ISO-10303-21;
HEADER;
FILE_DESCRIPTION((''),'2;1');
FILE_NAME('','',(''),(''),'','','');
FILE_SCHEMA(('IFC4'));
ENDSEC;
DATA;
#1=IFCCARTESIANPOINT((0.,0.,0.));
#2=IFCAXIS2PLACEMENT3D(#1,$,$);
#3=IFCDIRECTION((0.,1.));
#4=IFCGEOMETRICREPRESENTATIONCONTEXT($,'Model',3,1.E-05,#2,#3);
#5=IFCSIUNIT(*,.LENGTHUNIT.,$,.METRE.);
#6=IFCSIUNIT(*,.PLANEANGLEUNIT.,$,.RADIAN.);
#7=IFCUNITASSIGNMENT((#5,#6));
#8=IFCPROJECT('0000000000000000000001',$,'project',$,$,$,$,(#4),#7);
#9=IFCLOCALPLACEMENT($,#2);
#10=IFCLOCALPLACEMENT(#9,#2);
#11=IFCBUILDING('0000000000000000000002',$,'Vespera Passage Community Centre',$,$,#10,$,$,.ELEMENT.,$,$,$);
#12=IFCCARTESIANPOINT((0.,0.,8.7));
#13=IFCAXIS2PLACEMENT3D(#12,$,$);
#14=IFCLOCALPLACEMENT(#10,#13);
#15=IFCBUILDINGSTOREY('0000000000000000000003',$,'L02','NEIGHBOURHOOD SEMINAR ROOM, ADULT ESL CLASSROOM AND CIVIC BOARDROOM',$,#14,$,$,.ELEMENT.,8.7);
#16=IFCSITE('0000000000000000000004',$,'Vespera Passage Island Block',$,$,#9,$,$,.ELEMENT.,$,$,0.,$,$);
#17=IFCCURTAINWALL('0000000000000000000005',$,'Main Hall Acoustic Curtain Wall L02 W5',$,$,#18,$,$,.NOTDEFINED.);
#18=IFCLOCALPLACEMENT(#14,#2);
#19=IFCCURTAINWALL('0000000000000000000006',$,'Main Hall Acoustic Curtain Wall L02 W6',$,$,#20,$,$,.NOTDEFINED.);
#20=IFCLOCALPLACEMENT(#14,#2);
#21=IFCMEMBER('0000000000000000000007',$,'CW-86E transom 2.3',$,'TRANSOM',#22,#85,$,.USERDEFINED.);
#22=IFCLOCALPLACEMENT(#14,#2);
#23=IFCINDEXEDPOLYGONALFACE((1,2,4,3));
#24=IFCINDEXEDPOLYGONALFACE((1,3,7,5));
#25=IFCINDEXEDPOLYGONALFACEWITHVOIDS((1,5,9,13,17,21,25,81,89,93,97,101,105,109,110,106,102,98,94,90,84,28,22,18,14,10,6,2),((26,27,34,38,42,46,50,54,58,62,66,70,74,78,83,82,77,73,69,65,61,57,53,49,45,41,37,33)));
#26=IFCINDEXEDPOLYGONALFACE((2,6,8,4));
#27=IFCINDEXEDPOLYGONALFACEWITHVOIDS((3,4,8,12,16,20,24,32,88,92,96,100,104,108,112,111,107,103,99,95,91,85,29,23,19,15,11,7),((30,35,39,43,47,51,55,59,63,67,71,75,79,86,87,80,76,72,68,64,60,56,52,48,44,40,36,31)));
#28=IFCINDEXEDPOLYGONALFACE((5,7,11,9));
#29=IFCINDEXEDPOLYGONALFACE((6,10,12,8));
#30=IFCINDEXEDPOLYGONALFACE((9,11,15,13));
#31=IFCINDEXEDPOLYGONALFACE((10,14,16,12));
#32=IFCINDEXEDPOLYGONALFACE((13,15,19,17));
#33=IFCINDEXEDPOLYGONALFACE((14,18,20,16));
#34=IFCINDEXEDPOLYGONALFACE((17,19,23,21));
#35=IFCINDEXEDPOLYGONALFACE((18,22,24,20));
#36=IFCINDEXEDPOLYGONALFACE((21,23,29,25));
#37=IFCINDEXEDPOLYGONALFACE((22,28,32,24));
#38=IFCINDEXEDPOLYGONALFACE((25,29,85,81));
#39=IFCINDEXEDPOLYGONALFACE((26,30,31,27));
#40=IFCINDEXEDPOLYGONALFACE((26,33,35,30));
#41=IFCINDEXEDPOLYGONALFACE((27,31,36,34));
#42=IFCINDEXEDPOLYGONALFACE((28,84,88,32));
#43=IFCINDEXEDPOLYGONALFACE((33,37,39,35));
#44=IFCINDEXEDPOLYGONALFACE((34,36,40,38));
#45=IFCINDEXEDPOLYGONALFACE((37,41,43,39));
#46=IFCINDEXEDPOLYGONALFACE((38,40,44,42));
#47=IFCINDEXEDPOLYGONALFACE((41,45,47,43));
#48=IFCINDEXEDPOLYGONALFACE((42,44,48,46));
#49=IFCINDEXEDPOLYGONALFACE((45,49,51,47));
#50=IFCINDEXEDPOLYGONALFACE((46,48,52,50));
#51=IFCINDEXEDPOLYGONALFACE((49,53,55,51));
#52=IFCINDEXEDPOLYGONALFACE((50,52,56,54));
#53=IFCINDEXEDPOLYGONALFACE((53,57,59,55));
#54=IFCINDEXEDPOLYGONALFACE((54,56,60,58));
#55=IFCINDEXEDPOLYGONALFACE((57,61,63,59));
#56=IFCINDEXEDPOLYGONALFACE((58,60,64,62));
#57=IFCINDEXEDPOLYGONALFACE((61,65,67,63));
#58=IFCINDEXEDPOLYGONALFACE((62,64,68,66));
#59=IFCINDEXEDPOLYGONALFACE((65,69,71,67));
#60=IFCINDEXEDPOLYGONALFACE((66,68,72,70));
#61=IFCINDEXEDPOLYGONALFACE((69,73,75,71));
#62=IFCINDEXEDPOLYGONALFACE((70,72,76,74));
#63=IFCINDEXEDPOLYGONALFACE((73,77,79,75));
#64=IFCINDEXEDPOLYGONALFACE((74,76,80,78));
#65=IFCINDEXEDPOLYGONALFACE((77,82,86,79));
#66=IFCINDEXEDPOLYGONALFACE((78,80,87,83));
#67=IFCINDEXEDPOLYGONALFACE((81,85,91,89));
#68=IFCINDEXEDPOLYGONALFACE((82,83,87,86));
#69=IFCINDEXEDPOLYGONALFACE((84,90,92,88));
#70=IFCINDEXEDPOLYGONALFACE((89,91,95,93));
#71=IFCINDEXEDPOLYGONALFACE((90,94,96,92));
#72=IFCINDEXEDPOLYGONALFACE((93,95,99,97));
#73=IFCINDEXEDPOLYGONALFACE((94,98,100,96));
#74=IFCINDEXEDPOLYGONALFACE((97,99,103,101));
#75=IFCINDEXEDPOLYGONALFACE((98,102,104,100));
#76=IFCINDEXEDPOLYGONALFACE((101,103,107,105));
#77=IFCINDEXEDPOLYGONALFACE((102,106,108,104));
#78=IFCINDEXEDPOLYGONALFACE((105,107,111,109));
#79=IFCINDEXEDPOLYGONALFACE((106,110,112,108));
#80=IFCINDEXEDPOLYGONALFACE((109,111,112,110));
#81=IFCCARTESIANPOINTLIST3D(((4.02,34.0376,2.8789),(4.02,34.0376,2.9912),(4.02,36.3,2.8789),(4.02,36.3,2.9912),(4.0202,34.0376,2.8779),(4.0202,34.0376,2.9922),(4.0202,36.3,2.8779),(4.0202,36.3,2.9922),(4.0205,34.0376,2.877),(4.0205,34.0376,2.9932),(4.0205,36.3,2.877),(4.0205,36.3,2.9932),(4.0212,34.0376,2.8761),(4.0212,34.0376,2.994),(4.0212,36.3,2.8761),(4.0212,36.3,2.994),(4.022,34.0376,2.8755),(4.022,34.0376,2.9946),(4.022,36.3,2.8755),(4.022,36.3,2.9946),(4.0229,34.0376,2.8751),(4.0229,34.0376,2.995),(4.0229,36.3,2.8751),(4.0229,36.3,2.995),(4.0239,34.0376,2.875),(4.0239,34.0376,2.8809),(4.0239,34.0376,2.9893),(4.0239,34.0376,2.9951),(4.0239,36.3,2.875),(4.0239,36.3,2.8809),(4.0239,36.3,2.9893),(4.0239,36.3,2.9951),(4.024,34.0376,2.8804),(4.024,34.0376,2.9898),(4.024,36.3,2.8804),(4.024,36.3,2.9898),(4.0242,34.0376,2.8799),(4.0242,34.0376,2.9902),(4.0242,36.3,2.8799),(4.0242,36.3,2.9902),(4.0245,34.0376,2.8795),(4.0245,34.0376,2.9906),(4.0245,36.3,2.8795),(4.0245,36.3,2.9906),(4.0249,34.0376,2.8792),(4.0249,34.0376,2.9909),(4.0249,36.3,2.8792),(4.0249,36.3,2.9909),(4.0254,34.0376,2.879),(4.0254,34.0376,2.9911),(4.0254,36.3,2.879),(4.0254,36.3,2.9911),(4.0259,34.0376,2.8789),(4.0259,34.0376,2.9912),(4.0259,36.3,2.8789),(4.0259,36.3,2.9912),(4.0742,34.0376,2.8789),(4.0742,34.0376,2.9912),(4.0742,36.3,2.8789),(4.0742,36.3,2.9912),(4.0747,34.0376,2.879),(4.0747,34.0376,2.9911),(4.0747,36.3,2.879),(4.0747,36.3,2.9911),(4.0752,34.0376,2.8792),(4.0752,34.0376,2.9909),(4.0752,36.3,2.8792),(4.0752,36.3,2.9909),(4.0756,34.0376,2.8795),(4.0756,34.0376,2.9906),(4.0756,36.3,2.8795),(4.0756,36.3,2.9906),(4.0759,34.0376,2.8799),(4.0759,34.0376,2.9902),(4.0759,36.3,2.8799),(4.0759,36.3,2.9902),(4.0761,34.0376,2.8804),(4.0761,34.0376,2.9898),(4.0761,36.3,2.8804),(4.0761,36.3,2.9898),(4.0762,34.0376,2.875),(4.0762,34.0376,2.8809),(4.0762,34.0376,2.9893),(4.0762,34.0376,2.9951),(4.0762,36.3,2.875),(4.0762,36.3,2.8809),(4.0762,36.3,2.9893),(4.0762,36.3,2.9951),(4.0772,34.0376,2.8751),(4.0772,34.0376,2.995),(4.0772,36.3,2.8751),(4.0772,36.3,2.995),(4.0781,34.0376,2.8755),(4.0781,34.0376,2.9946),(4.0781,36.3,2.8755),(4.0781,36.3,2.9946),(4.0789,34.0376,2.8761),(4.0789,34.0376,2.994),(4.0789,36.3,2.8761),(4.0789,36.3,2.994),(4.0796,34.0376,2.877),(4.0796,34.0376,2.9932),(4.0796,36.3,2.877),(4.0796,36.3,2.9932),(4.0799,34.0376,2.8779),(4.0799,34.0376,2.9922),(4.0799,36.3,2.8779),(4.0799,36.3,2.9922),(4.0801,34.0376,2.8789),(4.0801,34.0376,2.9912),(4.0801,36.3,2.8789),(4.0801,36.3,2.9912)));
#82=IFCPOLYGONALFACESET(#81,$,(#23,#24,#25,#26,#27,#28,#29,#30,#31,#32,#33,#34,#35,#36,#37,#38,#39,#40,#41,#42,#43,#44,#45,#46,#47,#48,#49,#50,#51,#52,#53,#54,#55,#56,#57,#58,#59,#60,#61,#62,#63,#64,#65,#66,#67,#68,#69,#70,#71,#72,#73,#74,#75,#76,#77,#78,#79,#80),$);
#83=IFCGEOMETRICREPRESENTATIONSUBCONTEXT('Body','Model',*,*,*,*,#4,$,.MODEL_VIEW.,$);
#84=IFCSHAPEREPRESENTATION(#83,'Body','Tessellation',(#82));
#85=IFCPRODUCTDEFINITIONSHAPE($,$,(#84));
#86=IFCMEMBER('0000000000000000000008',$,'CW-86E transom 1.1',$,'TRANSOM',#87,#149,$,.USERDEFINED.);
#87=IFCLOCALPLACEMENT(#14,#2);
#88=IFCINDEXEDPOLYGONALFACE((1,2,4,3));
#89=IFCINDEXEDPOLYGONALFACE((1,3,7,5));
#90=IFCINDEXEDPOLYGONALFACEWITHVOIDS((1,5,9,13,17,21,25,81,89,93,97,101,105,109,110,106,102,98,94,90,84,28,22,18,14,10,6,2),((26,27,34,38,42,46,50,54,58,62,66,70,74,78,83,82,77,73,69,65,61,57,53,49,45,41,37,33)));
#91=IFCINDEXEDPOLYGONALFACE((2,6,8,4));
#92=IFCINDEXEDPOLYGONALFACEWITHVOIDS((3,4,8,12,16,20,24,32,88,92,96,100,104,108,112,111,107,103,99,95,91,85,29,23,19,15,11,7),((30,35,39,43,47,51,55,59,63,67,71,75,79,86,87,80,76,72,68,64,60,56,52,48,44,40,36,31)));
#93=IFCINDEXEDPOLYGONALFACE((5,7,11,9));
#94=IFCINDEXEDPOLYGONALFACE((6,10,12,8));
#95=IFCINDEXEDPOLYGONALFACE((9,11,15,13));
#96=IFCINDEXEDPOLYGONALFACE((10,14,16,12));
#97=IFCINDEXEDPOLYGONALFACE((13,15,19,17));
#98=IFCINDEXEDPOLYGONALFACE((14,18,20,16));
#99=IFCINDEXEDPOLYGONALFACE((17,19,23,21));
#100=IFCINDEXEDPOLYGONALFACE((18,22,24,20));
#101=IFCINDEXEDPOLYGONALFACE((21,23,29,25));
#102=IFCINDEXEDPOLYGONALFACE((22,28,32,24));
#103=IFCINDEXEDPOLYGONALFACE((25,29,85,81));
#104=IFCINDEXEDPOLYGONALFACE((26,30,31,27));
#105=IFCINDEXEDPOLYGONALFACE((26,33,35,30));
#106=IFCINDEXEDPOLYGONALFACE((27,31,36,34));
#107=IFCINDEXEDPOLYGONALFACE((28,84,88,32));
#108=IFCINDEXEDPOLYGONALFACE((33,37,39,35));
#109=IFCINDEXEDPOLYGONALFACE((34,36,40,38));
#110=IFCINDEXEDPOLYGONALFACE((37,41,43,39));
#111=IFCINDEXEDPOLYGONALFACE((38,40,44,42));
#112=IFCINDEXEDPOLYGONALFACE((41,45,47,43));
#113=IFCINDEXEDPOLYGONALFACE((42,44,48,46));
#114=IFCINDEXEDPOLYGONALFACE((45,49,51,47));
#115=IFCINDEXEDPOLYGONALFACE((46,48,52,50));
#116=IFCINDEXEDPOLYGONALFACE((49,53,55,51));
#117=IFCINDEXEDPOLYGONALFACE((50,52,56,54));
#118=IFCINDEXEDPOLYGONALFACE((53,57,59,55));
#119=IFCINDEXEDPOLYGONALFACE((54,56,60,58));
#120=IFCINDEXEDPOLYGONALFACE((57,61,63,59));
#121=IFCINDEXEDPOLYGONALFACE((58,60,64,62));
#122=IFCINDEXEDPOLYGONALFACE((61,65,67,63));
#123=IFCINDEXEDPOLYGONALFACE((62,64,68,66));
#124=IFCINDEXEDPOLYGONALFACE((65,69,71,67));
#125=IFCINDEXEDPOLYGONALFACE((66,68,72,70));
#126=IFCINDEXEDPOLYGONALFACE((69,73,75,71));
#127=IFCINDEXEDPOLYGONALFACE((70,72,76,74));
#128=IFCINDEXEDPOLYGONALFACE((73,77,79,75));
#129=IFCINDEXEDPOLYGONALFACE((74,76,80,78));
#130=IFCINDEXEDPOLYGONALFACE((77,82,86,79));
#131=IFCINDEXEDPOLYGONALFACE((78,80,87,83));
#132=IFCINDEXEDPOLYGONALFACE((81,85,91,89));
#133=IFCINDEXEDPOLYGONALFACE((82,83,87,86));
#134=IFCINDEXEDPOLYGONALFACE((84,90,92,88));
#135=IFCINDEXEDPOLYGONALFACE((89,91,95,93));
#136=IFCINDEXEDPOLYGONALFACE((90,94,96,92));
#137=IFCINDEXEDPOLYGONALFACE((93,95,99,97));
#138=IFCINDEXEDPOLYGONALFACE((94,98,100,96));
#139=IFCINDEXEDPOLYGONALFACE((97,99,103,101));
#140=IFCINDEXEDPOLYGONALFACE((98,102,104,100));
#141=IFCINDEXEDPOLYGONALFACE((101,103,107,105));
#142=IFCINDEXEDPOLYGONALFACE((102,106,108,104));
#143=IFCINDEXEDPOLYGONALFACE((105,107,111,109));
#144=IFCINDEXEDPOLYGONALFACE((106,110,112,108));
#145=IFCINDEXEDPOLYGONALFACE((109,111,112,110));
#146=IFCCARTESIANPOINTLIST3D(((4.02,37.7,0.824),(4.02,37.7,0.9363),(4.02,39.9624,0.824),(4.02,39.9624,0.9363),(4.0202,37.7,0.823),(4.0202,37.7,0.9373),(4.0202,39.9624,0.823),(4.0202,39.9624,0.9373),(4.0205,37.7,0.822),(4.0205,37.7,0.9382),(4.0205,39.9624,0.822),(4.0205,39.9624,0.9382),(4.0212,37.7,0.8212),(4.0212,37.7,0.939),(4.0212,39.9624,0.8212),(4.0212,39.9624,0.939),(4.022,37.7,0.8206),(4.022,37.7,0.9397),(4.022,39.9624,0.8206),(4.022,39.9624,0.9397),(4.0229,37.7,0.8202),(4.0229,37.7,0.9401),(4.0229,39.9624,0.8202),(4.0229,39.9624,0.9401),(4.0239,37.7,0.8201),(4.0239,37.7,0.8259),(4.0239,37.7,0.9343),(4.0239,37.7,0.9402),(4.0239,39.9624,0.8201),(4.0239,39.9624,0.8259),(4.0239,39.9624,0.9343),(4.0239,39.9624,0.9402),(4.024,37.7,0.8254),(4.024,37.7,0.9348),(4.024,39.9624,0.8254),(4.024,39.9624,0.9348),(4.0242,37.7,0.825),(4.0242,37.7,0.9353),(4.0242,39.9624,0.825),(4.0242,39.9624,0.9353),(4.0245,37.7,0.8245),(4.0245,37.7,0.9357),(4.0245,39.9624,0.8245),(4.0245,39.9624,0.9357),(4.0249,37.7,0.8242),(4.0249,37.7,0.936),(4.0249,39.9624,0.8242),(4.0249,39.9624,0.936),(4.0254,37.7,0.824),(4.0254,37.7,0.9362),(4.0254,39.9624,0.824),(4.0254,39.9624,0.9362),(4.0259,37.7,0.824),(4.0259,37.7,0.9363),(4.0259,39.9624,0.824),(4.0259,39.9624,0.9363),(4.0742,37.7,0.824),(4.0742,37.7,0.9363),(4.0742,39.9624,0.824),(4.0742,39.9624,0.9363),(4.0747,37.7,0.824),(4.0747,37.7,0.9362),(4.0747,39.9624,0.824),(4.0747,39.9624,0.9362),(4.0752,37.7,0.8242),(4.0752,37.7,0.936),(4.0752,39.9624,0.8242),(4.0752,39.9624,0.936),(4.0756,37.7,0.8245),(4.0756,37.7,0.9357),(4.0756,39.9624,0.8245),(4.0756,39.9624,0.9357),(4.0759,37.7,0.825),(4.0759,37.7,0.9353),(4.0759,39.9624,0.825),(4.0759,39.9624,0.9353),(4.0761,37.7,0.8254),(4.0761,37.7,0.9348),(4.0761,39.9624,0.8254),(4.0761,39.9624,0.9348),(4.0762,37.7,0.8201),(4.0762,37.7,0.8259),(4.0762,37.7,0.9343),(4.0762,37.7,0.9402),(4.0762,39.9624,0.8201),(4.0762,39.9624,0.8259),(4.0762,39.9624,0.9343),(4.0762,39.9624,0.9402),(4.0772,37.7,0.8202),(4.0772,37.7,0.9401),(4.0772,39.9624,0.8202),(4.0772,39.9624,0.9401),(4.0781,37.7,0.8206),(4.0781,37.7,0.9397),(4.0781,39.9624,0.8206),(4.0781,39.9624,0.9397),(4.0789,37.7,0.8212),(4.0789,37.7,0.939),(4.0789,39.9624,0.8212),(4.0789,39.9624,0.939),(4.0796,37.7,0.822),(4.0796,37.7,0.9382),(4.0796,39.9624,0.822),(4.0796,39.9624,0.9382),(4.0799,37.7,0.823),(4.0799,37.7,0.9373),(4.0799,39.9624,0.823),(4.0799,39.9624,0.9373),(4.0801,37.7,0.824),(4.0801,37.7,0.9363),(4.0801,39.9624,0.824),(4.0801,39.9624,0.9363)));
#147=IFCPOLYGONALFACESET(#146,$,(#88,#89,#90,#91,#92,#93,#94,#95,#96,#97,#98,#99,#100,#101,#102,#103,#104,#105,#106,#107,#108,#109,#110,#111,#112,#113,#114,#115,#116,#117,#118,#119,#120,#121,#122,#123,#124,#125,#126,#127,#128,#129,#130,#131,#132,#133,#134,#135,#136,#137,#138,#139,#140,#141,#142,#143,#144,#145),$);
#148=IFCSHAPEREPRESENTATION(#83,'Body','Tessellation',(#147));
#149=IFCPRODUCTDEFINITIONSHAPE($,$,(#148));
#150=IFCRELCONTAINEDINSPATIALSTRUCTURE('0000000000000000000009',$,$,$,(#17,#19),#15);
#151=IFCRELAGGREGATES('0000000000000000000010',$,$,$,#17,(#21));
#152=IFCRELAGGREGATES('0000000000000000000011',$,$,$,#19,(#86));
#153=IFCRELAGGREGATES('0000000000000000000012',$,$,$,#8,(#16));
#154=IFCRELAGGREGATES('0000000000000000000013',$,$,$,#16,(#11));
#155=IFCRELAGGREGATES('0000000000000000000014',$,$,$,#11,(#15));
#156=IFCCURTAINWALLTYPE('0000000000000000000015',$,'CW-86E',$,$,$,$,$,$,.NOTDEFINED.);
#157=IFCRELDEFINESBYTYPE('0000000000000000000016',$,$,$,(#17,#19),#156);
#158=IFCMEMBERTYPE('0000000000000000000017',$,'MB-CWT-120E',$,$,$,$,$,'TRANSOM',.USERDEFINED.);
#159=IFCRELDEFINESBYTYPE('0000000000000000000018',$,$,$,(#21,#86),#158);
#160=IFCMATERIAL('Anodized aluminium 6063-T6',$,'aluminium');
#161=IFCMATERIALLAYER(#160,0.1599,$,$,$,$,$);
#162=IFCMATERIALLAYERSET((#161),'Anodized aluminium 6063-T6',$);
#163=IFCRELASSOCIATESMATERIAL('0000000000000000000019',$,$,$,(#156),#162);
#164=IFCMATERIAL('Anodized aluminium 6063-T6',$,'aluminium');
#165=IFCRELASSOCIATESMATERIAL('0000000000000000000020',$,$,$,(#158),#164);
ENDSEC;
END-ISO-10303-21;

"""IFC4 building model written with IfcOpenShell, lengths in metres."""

from ifc_helpers import new_model, si_unit, direction, frame, origin, origin_2d, place, context, subcontext, project, spatial, hollow_rectangle, extrude, material, layer, layer_set, material_profile, profile_set, type_object, element, aggregate, save


model = new_model("IFC4")

# Units and contexts
model_context = context("Model", 3, precision=1e-05, world=origin(), true_north=direction((0.0, 1.0)))
body_context = subcontext(model_context, "Body", "Model", "MODEL_VIEW")
ifc_project = project(units=[si_unit("LENGTHUNIT", "METRE"), si_unit("PLANEANGLEUNIT", "RADIAN")], contexts=[model_context])

# Site, building, storey
site_placement = place(None, origin())
site = spatial("IfcSite", under=ifc_project, at=site_placement, Name="Vespera Passage Island Block", CompositionType="ELEMENT", RefElevation=0.0)
building_placement = place(site_placement, origin())
building = spatial("IfcBuilding", under=site, at=building_placement, Name="Vespera Passage Community Centre", CompositionType="ELEMENT")
storey_placement = place(building_placement, frame((0.0, 0.0, 8.7)))
storey = spatial("IfcBuildingStorey", under=building, at=storey_placement, Name="L02", Description="NEIGHBOURHOOD SEMINAR ROOM, ADULT ESL CLASSROOM AND CIVIC BOARDROOM", CompositionType="ELEMENT", Elevation=8.7)

# Curtain walls
ifc_material_1 = material(Name="Anodized aluminium 6063-T6", Category="aluminium")
ifc_layer_1 = layer(ifc_material_1, 0.1599)
ifc_layer_set_1 = layer_set([ifc_layer_1], Name="Anodized aluminium 6063-T6")
curtain_wall_type = type_object("IfcCurtainWallType", Name="CW-86E", PredefinedType="NOTDEFINED", material=ifc_layer_set_1)
curtain_wall_1_placement = place(storey_placement, origin())
curtain_wall_1 = element("IfcCurtainWall", 1, at=curtain_wall_1_placement, inside=storey, type_object=curtain_wall_type, Name="Main Hall Acoustic Curtain Wall L02 W5", PredefinedType="NOTDEFINED")
curtain_wall_2_placement = place(storey_placement, origin())
curtain_wall_2 = element("IfcCurtainWall", 2, at=curtain_wall_2_placement, inside=storey, type_object=curtain_wall_type, Name="Main Hall Acoustic Curtain Wall L02 W6", PredefinedType="NOTDEFINED")

# Members
ifc_material_2 = material(Name="Anodized aluminium 6063-T6", Category="aluminium")
ifc_material_profile_1 = material_profile(ifc_material_2, hollow_rectangle(XDim=0.0601, YDim=0.1201, WallThickness=0.0039, InnerFilletRadius=0.002, OuterFilletRadius=0.0039, at=origin_2d()), Name="ALU120X60X4")
ifc_profile_set_1 = profile_set([ifc_material_profile_1], Name="Anodized aluminium 6063-T6")
member_type_1 = type_object("IfcMemberType", Name="MB-CWT-120E", ElementType="TRANSOM", PredefinedType="USERDEFINED", material=ifc_profile_set_1)
member_1_placement = place(storey_placement, frame((4.05, 34.0376, 2.9351), z_axis=(0.0, 1.0, 0.0), x_axis=(-1.0, 0.0, 0.0)))
member_1 = element("IfcMember", 3, at=member_1_placement, type_object=member_type_1, Name="CW-86E transom 2.3", ObjectType="TRANSOM", PredefinedType="USERDEFINED", context=body_context, shape_type="SweptSolid", body=[
    extrude(hollow_rectangle(XDim=0.0601, YDim=0.1201, WallThickness=0.0039, InnerFilletRadius=0.002, OuterFilletRadius=0.0039, at=origin_2d()), origin(), (0.0, 0.0, 1.0), 2.2625),
])
member_2_placement = place(storey_placement, frame((4.05, 37.7, 0.8801), z_axis=(0.0, 1.0, 0.0), x_axis=(-1.0, 0.0, 0.0)))
member_2 = element("IfcMember", 4, at=member_2_placement, type_object=member_type_1, Name="CW-86E transom 1.1", ObjectType="TRANSOM", PredefinedType="USERDEFINED", context=body_context, shape_type="SweptSolid", body=[
    extrude(hollow_rectangle(XDim=0.0601, YDim=0.1201, WallThickness=0.0039, InnerFilletRadius=0.002, OuterFilletRadius=0.0039, at=origin_2d()), origin(), (0.0, 0.0, 1.0), 2.2625),
])

aggregate(curtain_wall_1, [member_1])
aggregate(curtain_wall_2, [member_2])

save(model, "model.ifc")
